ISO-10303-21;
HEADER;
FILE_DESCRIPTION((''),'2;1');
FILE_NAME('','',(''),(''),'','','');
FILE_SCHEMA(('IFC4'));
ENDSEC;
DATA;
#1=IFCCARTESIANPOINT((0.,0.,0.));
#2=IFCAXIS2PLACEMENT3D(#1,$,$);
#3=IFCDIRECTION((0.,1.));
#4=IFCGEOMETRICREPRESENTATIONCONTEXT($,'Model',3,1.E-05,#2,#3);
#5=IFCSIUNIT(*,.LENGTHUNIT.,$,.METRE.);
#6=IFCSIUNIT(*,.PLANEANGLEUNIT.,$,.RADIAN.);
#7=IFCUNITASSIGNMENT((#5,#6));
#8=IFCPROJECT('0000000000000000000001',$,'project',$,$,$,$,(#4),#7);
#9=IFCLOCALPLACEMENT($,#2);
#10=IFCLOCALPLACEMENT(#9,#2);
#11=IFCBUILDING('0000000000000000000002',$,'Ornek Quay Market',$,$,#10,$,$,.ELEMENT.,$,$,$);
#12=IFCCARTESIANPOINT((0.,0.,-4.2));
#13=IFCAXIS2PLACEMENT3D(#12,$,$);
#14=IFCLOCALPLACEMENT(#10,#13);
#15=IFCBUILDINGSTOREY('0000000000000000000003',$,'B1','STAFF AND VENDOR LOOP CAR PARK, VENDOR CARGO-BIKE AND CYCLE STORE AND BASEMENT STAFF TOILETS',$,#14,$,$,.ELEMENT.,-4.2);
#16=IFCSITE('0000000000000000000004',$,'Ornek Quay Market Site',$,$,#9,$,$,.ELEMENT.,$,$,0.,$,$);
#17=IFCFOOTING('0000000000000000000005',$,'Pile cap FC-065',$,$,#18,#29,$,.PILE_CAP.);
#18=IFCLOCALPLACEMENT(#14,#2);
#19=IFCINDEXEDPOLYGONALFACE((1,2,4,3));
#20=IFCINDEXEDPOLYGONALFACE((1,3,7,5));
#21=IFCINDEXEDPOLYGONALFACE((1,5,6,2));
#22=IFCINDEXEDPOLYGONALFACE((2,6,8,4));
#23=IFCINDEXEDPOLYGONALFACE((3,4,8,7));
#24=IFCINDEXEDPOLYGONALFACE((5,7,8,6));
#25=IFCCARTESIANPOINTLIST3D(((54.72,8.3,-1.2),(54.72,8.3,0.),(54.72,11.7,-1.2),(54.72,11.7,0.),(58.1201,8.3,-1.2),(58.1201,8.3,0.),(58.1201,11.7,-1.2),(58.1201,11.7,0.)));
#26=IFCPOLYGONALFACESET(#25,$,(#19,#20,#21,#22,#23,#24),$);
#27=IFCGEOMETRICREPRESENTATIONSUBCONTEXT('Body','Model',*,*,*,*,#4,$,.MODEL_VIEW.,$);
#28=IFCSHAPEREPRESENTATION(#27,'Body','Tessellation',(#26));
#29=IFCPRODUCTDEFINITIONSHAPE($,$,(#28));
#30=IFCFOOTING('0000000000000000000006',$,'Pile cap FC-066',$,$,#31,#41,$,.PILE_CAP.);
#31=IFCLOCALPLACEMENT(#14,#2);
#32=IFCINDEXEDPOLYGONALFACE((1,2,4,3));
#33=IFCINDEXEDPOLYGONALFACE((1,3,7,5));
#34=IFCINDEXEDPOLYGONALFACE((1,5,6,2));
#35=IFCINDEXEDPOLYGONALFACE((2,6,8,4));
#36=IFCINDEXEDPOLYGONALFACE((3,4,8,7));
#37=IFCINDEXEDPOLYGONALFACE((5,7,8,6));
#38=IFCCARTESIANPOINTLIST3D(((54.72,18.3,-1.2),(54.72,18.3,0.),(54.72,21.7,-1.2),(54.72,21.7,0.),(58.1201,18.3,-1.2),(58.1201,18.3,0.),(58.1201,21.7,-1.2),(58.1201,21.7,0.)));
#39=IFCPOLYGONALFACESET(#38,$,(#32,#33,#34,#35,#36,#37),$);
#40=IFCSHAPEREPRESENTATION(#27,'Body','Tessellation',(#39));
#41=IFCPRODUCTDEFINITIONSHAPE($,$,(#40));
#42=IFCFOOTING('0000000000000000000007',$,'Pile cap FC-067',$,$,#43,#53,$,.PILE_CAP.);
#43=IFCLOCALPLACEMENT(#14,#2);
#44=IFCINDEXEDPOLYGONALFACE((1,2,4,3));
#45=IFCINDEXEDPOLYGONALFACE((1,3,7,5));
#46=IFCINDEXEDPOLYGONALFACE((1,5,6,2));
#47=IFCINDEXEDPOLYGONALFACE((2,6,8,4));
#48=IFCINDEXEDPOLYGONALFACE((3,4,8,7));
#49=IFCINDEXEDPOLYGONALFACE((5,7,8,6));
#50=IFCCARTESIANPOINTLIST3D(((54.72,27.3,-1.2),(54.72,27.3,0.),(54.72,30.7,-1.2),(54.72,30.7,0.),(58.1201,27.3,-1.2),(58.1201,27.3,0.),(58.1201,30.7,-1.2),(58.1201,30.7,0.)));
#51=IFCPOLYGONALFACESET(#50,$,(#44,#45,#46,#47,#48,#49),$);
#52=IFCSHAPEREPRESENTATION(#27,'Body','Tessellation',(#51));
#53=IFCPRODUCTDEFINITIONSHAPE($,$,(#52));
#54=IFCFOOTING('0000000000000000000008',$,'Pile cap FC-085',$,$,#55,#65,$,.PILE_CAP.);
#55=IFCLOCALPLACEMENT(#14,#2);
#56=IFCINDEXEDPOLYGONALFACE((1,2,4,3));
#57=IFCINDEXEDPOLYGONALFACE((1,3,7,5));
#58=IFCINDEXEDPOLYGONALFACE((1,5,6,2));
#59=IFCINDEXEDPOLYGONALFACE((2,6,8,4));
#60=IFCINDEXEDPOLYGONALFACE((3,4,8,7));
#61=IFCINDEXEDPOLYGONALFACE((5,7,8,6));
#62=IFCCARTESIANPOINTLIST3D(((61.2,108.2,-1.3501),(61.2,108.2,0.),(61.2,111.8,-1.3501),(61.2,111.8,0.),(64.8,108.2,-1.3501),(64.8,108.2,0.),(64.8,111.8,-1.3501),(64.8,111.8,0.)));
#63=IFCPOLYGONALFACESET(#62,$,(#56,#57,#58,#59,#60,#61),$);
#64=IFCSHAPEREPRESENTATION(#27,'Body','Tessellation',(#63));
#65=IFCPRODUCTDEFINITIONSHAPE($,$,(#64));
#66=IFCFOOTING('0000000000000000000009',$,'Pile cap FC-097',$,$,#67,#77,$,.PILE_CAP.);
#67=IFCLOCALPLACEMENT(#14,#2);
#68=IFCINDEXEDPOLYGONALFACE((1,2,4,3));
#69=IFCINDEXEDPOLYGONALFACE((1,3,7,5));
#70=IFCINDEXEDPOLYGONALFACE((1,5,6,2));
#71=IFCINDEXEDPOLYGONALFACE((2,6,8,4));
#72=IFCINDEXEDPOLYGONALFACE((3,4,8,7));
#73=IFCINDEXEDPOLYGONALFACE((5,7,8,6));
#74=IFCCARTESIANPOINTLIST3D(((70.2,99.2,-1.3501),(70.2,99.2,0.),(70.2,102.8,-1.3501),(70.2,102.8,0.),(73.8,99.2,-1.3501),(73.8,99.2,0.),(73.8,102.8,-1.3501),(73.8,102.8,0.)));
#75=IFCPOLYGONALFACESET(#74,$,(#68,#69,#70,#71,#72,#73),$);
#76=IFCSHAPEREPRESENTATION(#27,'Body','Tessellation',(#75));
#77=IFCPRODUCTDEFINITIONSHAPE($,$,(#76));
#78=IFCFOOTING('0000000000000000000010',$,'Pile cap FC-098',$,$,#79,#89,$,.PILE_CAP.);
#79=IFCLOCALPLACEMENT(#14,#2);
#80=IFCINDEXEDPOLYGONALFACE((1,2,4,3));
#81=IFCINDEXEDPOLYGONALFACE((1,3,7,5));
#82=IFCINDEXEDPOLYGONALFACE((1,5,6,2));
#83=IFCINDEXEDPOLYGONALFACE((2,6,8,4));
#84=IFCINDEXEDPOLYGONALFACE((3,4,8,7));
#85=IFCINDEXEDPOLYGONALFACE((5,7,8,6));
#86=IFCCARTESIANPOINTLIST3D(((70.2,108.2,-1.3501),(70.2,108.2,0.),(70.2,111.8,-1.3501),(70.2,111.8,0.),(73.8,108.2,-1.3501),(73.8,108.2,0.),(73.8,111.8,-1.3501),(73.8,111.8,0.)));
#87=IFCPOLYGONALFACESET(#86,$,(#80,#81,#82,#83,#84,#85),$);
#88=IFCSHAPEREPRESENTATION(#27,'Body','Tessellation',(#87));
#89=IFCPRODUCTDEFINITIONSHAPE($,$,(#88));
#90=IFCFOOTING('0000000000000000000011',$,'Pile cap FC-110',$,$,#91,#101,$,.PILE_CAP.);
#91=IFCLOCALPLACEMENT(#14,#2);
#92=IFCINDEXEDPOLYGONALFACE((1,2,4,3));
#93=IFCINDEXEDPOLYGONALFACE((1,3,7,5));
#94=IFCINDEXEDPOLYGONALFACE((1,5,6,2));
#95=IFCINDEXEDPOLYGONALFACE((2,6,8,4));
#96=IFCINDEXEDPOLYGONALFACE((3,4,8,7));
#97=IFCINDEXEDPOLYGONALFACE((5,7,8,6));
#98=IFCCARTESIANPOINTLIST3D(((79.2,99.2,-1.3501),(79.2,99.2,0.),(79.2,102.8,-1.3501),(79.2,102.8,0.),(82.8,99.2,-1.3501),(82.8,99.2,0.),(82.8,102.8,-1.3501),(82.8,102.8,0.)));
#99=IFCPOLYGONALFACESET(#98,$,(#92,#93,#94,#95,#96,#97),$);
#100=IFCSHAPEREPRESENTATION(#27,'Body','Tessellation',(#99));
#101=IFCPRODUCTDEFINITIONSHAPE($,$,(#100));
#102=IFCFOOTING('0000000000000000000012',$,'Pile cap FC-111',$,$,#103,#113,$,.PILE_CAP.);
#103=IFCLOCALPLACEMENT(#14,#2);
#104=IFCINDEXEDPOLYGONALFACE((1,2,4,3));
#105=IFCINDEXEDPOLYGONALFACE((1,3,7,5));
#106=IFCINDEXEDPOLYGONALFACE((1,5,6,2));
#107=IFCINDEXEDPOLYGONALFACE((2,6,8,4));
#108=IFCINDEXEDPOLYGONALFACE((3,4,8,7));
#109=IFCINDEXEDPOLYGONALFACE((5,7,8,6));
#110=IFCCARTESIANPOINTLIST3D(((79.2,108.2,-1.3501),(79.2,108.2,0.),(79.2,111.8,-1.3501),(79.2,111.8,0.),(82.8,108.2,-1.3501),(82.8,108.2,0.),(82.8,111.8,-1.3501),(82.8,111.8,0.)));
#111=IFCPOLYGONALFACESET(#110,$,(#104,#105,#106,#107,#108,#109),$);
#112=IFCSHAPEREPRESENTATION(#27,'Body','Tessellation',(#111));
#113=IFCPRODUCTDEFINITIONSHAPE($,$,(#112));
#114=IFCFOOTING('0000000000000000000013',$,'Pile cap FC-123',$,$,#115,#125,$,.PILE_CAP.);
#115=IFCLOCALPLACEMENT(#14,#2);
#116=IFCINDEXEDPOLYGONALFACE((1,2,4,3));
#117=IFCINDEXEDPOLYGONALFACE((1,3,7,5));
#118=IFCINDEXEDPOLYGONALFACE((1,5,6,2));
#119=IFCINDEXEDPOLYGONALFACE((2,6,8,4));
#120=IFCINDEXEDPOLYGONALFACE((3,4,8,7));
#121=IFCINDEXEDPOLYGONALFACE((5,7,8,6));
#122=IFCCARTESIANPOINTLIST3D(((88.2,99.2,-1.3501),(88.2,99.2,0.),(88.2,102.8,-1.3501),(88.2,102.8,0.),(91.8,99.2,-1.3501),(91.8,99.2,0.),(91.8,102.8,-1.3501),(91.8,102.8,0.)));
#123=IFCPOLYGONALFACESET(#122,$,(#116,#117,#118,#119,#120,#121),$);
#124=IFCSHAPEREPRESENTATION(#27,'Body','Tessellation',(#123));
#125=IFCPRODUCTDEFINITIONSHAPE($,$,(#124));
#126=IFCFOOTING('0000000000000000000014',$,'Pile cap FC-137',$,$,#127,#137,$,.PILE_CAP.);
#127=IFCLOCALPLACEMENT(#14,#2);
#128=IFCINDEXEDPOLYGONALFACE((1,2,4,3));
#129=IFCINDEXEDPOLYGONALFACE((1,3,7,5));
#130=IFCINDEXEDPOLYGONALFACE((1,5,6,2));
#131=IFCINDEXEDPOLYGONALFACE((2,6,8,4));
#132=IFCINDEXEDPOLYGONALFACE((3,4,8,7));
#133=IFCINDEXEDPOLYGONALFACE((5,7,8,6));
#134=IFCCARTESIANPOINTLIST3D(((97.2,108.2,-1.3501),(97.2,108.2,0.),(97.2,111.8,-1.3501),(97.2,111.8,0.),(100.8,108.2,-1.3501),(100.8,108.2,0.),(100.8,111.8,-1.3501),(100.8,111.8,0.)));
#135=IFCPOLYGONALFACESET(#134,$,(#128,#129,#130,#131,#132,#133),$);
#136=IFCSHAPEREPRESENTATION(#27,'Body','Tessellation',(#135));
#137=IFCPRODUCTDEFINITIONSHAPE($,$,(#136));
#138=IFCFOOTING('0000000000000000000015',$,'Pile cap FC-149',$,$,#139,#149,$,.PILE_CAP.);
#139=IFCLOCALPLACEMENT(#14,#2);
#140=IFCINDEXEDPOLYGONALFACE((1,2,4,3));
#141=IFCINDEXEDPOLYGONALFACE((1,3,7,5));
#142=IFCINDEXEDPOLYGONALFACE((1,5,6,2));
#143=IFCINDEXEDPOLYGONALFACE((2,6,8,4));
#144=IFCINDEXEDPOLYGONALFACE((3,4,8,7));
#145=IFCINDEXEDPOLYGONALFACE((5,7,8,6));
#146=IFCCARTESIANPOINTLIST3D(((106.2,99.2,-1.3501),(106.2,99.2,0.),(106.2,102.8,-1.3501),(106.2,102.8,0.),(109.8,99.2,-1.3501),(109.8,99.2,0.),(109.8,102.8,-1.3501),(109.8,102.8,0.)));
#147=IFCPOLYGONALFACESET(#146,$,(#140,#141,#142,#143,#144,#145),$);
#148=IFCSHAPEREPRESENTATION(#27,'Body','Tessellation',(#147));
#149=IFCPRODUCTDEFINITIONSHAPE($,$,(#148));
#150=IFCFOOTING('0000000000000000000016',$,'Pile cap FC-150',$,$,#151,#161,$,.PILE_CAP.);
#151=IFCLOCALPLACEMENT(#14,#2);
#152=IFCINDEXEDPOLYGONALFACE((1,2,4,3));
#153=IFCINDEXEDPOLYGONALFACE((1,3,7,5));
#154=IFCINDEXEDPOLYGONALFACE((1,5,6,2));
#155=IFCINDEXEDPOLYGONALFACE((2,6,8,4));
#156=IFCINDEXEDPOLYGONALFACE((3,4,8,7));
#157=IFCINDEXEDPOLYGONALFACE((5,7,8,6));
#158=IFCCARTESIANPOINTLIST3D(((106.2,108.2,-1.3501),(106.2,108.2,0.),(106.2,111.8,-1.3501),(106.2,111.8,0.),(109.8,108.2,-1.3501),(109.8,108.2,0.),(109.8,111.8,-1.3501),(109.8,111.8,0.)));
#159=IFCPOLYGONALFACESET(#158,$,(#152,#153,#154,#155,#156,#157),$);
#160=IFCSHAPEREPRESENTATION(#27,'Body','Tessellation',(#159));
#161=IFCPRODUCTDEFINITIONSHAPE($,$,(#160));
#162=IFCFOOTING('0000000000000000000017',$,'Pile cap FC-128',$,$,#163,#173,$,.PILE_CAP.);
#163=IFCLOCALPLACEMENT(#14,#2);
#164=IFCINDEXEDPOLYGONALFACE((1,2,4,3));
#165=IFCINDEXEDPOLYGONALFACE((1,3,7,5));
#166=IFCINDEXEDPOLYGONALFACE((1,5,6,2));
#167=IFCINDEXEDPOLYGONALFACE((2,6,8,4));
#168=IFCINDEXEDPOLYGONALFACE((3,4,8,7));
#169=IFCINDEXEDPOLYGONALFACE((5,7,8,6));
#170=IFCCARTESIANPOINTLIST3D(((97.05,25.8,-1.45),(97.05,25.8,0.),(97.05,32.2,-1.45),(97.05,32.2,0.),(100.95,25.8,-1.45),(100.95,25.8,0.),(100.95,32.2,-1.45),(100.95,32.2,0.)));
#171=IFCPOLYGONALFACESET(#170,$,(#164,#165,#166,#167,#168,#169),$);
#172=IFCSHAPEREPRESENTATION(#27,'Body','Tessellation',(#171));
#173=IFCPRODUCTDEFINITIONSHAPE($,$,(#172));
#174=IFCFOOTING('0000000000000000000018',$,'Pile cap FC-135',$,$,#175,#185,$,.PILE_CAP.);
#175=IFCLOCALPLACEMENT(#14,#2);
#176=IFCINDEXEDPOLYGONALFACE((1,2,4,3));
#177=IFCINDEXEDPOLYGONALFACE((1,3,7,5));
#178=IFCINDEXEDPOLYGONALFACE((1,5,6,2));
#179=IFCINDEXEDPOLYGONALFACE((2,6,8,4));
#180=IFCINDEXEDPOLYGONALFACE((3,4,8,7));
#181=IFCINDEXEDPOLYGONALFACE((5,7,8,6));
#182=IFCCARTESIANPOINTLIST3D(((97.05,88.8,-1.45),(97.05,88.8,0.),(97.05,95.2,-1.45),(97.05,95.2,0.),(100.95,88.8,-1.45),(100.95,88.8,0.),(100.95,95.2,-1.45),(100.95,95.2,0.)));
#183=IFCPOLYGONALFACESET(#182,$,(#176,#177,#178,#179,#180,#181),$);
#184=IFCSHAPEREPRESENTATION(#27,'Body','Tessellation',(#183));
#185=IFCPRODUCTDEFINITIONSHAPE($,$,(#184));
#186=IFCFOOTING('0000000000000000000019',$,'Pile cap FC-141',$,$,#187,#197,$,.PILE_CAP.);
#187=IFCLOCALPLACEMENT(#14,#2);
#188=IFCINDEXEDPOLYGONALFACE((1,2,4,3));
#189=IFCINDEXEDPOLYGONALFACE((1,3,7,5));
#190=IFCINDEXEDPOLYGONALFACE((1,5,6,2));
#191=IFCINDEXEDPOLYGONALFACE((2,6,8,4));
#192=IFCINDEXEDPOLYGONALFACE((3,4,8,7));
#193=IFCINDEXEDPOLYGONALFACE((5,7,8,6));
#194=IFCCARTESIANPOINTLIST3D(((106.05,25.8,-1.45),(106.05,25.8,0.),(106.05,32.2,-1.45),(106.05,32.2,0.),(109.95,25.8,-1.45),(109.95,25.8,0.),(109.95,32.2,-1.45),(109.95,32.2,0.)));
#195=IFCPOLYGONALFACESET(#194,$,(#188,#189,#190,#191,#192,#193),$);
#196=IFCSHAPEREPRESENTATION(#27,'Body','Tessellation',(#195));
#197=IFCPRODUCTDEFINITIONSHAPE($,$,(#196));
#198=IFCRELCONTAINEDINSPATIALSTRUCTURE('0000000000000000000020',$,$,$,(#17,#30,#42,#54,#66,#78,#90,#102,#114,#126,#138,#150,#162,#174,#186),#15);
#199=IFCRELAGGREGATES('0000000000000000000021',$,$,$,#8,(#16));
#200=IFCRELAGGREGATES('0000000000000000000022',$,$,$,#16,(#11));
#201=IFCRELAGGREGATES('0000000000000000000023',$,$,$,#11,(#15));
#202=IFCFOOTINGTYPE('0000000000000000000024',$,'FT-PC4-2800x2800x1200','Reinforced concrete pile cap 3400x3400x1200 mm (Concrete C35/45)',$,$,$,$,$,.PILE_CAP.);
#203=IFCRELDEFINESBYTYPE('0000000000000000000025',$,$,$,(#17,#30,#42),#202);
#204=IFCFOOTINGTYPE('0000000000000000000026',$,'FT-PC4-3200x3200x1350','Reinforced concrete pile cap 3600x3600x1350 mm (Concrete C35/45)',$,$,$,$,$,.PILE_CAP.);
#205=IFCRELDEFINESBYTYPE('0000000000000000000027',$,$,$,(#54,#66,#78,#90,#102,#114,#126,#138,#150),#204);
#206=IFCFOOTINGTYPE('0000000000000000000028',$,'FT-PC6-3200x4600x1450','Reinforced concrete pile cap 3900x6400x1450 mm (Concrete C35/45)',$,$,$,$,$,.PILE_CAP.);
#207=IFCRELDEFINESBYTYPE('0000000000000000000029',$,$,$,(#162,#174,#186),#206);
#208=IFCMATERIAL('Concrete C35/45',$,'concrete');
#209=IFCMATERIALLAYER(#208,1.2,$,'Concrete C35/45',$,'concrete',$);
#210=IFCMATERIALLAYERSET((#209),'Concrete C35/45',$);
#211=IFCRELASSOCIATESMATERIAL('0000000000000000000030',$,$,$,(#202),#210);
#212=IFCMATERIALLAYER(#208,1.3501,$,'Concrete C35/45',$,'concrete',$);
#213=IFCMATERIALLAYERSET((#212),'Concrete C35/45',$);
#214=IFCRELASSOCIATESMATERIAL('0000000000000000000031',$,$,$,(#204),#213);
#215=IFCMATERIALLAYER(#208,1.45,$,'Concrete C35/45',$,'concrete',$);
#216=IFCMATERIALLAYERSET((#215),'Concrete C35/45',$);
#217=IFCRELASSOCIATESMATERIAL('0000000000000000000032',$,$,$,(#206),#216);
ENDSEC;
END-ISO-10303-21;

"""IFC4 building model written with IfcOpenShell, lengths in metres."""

from ifc_helpers import new_model, si_unit, direction, frame, origin, place, context, subcontext, project, spatial, polyline, outline, extrude, material, layer, layer_set, type_object, element, save


model = new_model("IFC4")

# Units and contexts
model_context = context("Model", 3, precision=1e-05, world=origin(), true_north=direction((0.0, 1.0)))
body_context = subcontext(model_context, "Body", "Model", "MODEL_VIEW")
ifc_project = project(units=[si_unit("LENGTHUNIT", "METRE"), si_unit("PLANEANGLEUNIT", "RADIAN")], contexts=[model_context])

# Site, building, storey
site_placement = place(None, origin())
site = spatial("IfcSite", under=ifc_project, at=site_placement, Name="Ornek Quay Market Site", CompositionType="ELEMENT", RefElevation=0.0)
building_placement = place(site_placement, origin())
building = spatial("IfcBuilding", under=site, at=building_placement, Name="Ornek Quay Market", CompositionType="ELEMENT")
storey_placement = place(building_placement, frame((0.0, 0.0, -4.2)))
storey = spatial("IfcBuildingStorey", under=building, at=storey_placement, Name="B1", Description="STAFF AND VENDOR LOOP CAR PARK, VENDOR CARGO-BIKE AND CYCLE STORE AND BASEMENT STAFF TOILETS", CompositionType="ELEMENT", Elevation=-4.2)

# Footings
ifc_material = material(Name="Concrete C35/45", Category="concrete")
ifc_layer_1 = layer(ifc_material, 1.2, Name="Concrete C35/45", Category="concrete")
ifc_layer_set_1 = layer_set([ifc_layer_1], Name="Concrete C35/45")
footing_type_1 = type_object("IfcFootingType", Name="FT-PC4-2800x2800x1200", Description="Reinforced concrete pile cap 3400x3400x1200 mm (Concrete C35/45)", PredefinedType="PILE_CAP", material=ifc_layer_set_1)
footing_1_placement = place(storey_placement, frame((0.0, 0.0, -1.2)))
element("IfcFooting", 1, at=footing_1_placement, inside=storey, type_object=footing_type_1, Name="Pile cap FC-065", PredefinedType="PILE_CAP", context=body_context, shape_type="SweptSolid", body=[
    extrude(outline(polyline([(54.72, 8.3), (58.1201, 8.3), (58.1201, 11.7), (54.72, 11.7), (54.72, 8.3)])), origin(), (0.0, 0.0, 1.0), 1.2),
])
footing_2_placement = place(storey_placement, frame((0.0, 0.0, -1.2)))
element("IfcFooting", 2, at=footing_2_placement, inside=storey, type_object=footing_type_1, Name="Pile cap FC-066", PredefinedType="PILE_CAP", context=body_context, shape_type="SweptSolid", body=[
    extrude(outline(polyline([(54.72, 18.3), (58.1201, 18.3), (58.1201, 21.7), (54.72, 21.7), (54.72, 18.3)])), origin(), (0.0, 0.0, 1.0), 1.2),
])
footing_3_placement = place(storey_placement, frame((0.0, 0.0, -1.2)))
element("IfcFooting", 3, at=footing_3_placement, inside=storey, type_object=footing_type_1, Name="Pile cap FC-067", PredefinedType="PILE_CAP", context=body_context, shape_type="SweptSolid", body=[
    extrude(outline(polyline([(54.72, 27.3), (58.1201, 27.3), (58.1201, 30.7), (54.72, 30.7), (54.72, 27.3)])), origin(), (0.0, 0.0, 1.0), 1.2),
])
ifc_layer_2 = layer(ifc_material, 1.3501, Name="Concrete C35/45", Category="concrete")
ifc_layer_set_2 = layer_set([ifc_layer_2], Name="Concrete C35/45")
footing_type_2 = type_object("IfcFootingType", Name="FT-PC4-3200x3200x1350", Description="Reinforced concrete pile cap 3600x3600x1350 mm (Concrete C35/45)", PredefinedType="PILE_CAP", material=ifc_layer_set_2)
footing_4_placement = place(storey_placement, frame((0.0, 0.0, -1.3501)))
element("IfcFooting", 4, at=footing_4_placement, inside=storey, type_object=footing_type_2, Name="Pile cap FC-085", PredefinedType="PILE_CAP", context=body_context, shape_type="SweptSolid", body=[
    extrude(outline(polyline([(61.2, 108.2), (64.8, 108.2), (64.8, 111.8), (61.2, 111.8), (61.2, 108.2)])), origin(), (0.0, 0.0, 1.0), 1.3501),
])
footing_5_placement = place(storey_placement, frame((0.0, 0.0, -1.3501)))
element("IfcFooting", 5, at=footing_5_placement, inside=storey, type_object=footing_type_2, Name="Pile cap FC-097", PredefinedType="PILE_CAP", context=body_context, shape_type="SweptSolid", body=[
    extrude(outline(polyline([(70.2, 99.2), (73.8, 99.2), (73.8, 102.8), (70.2, 102.8), (70.2, 99.2)])), origin(), (0.0, 0.0, 1.0), 1.3501),
])
footing_6_placement = place(storey_placement, frame((0.0, 0.0, -1.3501)))
element("IfcFooting", 6, at=footing_6_placement, inside=storey, type_object=footing_type_2, Name="Pile cap FC-098", PredefinedType="PILE_CAP", context=body_context, shape_type="SweptSolid", body=[
    extrude(outline(polyline([(70.2, 108.2), (73.8, 108.2), (73.8, 111.8), (70.2, 111.8), (70.2, 108.2)])), origin(), (0.0, 0.0, 1.0), 1.3501),
])
footing_7_placement = place(storey_placement, frame((0.0, 0.0, -1.3501)))
element("IfcFooting", 7, at=footing_7_placement, inside=storey, type_object=footing_type_2, Name="Pile cap FC-110", PredefinedType="PILE_CAP", context=body_context, shape_type="SweptSolid", body=[
    extrude(outline(polyline([(79.2, 99.2), (82.8, 99.2), (82.8, 102.8), (79.2, 102.8), (79.2, 99.2)])), origin(), (0.0, 0.0, 1.0), 1.3501),
])
footing_8_placement = place(storey_placement, frame((0.0, 0.0, -1.3501)))
element("IfcFooting", 8, at=footing_8_placement, inside=storey, type_object=footing_type_2, Name="Pile cap FC-111", PredefinedType="PILE_CAP", context=body_context, shape_type="SweptSolid", body=[
    extrude(outline(polyline([(79.2, 108.2), (82.8, 108.2), (82.8, 111.8), (79.2, 111.8), (79.2, 108.2)])), origin(), (0.0, 0.0, 1.0), 1.3501),
])
footing_9_placement = place(storey_placement, frame((0.0, 0.0, -1.3501)))
element("IfcFooting", 9, at=footing_9_placement, inside=storey, type_object=footing_type_2, Name="Pile cap FC-123", PredefinedType="PILE_CAP", context=body_context, shape_type="SweptSolid", body=[
    extrude(outline(polyline([(88.2, 99.2), (91.8, 99.2), (91.8, 102.8), (88.2, 102.8), (88.2, 99.2)])), origin(), (0.0, 0.0, 1.0), 1.3501),
])
footing_10_placement = place(storey_placement, frame((0.0, 0.0, -1.3501)))
element("IfcFooting", 10, at=footing_10_placement, inside=storey, type_object=footing_type_2, Name="Pile cap FC-137", PredefinedType="PILE_CAP", context=body_context, shape_type="SweptSolid", body=[
    extrude(outline(polyline([(97.2, 108.2), (100.8, 108.2), (100.8, 111.8), (97.2, 111.8), (97.2, 108.2)])), origin(), (0.0, 0.0, 1.0), 1.3501),
])
footing_11_placement = place(storey_placement, frame((0.0, 0.0, -1.3501)))
element("IfcFooting", 11, at=footing_11_placement, inside=storey, type_object=footing_type_2, Name="Pile cap FC-149", PredefinedType="PILE_CAP", context=body_context, shape_type="SweptSolid", body=[
    extrude(outline(polyline([(106.2, 99.2), (109.8, 99.2), (109.8, 102.8), (106.2, 102.8), (106.2, 99.2)])), origin(), (0.0, 0.0, 1.0), 1.3501),
])
footing_12_placement = place(storey_placement, frame((0.0, 0.0, -1.3501)))
element("IfcFooting", 12, at=footing_12_placement, inside=storey, type_object=footing_type_2, Name="Pile cap FC-150", PredefinedType="PILE_CAP", context=body_context, shape_type="SweptSolid", body=[
    extrude(outline(polyline([(106.2, 108.2), (109.8, 108.2), (109.8, 111.8), (106.2, 111.8), (106.2, 108.2)])), origin(), (0.0, 0.0, 1.0), 1.3501),
])
ifc_layer_3 = layer(ifc_material, 1.45, Name="Concrete C35/45", Category="concrete")
ifc_layer_set_3 = layer_set([ifc_layer_3], Name="Concrete C35/45")
footing_type_3 = type_object("IfcFootingType", Name="FT-PC6-3200x4600x1450", Description="Reinforced concrete pile cap 3900x6400x1450 mm (Concrete C35/45)", PredefinedType="PILE_CAP", material=ifc_layer_set_3)
footing_13_placement = place(storey_placement, frame((0.0, 0.0, -1.45)))
element("IfcFooting", 13, at=footing_13_placement, inside=storey, type_object=footing_type_3, Name="Pile cap FC-128", PredefinedType="PILE_CAP", context=body_context, shape_type="SweptSolid", body=[
    extrude(outline(polyline([(97.05, 25.8), (100.95, 25.8), (100.95, 32.2), (97.05, 32.2), (97.05, 25.8)])), origin(), (0.0, 0.0, 1.0), 1.45),
])
footing_14_placement = place(storey_placement, frame((0.0, 0.0, -1.45)))
element("IfcFooting", 14, at=footing_14_placement, inside=storey, type_object=footing_type_3, Name="Pile cap FC-135", PredefinedType="PILE_CAP", context=body_context, shape_type="SweptSolid", body=[
    extrude(outline(polyline([(97.05, 88.8), (100.95, 88.8), (100.95, 95.2), (97.05, 95.2), (97.05, 88.8)])), origin(), (0.0, 0.0, 1.0), 1.45),
])
footing_15_placement = place(storey_placement, frame((0.0, 0.0, -1.45)))
element("IfcFooting", 15, at=footing_15_placement, inside=storey, type_object=footing_type_3, Name="Pile cap FC-141", PredefinedType="PILE_CAP", context=body_context, shape_type="SweptSolid", body=[
    extrude(outline(polyline([(106.05, 25.8), (109.95, 25.8), (109.95, 32.2), (106.05, 32.2), (106.05, 25.8)])), origin(), (0.0, 0.0, 1.0), 1.45),
])

save(model, "model.ifc")
